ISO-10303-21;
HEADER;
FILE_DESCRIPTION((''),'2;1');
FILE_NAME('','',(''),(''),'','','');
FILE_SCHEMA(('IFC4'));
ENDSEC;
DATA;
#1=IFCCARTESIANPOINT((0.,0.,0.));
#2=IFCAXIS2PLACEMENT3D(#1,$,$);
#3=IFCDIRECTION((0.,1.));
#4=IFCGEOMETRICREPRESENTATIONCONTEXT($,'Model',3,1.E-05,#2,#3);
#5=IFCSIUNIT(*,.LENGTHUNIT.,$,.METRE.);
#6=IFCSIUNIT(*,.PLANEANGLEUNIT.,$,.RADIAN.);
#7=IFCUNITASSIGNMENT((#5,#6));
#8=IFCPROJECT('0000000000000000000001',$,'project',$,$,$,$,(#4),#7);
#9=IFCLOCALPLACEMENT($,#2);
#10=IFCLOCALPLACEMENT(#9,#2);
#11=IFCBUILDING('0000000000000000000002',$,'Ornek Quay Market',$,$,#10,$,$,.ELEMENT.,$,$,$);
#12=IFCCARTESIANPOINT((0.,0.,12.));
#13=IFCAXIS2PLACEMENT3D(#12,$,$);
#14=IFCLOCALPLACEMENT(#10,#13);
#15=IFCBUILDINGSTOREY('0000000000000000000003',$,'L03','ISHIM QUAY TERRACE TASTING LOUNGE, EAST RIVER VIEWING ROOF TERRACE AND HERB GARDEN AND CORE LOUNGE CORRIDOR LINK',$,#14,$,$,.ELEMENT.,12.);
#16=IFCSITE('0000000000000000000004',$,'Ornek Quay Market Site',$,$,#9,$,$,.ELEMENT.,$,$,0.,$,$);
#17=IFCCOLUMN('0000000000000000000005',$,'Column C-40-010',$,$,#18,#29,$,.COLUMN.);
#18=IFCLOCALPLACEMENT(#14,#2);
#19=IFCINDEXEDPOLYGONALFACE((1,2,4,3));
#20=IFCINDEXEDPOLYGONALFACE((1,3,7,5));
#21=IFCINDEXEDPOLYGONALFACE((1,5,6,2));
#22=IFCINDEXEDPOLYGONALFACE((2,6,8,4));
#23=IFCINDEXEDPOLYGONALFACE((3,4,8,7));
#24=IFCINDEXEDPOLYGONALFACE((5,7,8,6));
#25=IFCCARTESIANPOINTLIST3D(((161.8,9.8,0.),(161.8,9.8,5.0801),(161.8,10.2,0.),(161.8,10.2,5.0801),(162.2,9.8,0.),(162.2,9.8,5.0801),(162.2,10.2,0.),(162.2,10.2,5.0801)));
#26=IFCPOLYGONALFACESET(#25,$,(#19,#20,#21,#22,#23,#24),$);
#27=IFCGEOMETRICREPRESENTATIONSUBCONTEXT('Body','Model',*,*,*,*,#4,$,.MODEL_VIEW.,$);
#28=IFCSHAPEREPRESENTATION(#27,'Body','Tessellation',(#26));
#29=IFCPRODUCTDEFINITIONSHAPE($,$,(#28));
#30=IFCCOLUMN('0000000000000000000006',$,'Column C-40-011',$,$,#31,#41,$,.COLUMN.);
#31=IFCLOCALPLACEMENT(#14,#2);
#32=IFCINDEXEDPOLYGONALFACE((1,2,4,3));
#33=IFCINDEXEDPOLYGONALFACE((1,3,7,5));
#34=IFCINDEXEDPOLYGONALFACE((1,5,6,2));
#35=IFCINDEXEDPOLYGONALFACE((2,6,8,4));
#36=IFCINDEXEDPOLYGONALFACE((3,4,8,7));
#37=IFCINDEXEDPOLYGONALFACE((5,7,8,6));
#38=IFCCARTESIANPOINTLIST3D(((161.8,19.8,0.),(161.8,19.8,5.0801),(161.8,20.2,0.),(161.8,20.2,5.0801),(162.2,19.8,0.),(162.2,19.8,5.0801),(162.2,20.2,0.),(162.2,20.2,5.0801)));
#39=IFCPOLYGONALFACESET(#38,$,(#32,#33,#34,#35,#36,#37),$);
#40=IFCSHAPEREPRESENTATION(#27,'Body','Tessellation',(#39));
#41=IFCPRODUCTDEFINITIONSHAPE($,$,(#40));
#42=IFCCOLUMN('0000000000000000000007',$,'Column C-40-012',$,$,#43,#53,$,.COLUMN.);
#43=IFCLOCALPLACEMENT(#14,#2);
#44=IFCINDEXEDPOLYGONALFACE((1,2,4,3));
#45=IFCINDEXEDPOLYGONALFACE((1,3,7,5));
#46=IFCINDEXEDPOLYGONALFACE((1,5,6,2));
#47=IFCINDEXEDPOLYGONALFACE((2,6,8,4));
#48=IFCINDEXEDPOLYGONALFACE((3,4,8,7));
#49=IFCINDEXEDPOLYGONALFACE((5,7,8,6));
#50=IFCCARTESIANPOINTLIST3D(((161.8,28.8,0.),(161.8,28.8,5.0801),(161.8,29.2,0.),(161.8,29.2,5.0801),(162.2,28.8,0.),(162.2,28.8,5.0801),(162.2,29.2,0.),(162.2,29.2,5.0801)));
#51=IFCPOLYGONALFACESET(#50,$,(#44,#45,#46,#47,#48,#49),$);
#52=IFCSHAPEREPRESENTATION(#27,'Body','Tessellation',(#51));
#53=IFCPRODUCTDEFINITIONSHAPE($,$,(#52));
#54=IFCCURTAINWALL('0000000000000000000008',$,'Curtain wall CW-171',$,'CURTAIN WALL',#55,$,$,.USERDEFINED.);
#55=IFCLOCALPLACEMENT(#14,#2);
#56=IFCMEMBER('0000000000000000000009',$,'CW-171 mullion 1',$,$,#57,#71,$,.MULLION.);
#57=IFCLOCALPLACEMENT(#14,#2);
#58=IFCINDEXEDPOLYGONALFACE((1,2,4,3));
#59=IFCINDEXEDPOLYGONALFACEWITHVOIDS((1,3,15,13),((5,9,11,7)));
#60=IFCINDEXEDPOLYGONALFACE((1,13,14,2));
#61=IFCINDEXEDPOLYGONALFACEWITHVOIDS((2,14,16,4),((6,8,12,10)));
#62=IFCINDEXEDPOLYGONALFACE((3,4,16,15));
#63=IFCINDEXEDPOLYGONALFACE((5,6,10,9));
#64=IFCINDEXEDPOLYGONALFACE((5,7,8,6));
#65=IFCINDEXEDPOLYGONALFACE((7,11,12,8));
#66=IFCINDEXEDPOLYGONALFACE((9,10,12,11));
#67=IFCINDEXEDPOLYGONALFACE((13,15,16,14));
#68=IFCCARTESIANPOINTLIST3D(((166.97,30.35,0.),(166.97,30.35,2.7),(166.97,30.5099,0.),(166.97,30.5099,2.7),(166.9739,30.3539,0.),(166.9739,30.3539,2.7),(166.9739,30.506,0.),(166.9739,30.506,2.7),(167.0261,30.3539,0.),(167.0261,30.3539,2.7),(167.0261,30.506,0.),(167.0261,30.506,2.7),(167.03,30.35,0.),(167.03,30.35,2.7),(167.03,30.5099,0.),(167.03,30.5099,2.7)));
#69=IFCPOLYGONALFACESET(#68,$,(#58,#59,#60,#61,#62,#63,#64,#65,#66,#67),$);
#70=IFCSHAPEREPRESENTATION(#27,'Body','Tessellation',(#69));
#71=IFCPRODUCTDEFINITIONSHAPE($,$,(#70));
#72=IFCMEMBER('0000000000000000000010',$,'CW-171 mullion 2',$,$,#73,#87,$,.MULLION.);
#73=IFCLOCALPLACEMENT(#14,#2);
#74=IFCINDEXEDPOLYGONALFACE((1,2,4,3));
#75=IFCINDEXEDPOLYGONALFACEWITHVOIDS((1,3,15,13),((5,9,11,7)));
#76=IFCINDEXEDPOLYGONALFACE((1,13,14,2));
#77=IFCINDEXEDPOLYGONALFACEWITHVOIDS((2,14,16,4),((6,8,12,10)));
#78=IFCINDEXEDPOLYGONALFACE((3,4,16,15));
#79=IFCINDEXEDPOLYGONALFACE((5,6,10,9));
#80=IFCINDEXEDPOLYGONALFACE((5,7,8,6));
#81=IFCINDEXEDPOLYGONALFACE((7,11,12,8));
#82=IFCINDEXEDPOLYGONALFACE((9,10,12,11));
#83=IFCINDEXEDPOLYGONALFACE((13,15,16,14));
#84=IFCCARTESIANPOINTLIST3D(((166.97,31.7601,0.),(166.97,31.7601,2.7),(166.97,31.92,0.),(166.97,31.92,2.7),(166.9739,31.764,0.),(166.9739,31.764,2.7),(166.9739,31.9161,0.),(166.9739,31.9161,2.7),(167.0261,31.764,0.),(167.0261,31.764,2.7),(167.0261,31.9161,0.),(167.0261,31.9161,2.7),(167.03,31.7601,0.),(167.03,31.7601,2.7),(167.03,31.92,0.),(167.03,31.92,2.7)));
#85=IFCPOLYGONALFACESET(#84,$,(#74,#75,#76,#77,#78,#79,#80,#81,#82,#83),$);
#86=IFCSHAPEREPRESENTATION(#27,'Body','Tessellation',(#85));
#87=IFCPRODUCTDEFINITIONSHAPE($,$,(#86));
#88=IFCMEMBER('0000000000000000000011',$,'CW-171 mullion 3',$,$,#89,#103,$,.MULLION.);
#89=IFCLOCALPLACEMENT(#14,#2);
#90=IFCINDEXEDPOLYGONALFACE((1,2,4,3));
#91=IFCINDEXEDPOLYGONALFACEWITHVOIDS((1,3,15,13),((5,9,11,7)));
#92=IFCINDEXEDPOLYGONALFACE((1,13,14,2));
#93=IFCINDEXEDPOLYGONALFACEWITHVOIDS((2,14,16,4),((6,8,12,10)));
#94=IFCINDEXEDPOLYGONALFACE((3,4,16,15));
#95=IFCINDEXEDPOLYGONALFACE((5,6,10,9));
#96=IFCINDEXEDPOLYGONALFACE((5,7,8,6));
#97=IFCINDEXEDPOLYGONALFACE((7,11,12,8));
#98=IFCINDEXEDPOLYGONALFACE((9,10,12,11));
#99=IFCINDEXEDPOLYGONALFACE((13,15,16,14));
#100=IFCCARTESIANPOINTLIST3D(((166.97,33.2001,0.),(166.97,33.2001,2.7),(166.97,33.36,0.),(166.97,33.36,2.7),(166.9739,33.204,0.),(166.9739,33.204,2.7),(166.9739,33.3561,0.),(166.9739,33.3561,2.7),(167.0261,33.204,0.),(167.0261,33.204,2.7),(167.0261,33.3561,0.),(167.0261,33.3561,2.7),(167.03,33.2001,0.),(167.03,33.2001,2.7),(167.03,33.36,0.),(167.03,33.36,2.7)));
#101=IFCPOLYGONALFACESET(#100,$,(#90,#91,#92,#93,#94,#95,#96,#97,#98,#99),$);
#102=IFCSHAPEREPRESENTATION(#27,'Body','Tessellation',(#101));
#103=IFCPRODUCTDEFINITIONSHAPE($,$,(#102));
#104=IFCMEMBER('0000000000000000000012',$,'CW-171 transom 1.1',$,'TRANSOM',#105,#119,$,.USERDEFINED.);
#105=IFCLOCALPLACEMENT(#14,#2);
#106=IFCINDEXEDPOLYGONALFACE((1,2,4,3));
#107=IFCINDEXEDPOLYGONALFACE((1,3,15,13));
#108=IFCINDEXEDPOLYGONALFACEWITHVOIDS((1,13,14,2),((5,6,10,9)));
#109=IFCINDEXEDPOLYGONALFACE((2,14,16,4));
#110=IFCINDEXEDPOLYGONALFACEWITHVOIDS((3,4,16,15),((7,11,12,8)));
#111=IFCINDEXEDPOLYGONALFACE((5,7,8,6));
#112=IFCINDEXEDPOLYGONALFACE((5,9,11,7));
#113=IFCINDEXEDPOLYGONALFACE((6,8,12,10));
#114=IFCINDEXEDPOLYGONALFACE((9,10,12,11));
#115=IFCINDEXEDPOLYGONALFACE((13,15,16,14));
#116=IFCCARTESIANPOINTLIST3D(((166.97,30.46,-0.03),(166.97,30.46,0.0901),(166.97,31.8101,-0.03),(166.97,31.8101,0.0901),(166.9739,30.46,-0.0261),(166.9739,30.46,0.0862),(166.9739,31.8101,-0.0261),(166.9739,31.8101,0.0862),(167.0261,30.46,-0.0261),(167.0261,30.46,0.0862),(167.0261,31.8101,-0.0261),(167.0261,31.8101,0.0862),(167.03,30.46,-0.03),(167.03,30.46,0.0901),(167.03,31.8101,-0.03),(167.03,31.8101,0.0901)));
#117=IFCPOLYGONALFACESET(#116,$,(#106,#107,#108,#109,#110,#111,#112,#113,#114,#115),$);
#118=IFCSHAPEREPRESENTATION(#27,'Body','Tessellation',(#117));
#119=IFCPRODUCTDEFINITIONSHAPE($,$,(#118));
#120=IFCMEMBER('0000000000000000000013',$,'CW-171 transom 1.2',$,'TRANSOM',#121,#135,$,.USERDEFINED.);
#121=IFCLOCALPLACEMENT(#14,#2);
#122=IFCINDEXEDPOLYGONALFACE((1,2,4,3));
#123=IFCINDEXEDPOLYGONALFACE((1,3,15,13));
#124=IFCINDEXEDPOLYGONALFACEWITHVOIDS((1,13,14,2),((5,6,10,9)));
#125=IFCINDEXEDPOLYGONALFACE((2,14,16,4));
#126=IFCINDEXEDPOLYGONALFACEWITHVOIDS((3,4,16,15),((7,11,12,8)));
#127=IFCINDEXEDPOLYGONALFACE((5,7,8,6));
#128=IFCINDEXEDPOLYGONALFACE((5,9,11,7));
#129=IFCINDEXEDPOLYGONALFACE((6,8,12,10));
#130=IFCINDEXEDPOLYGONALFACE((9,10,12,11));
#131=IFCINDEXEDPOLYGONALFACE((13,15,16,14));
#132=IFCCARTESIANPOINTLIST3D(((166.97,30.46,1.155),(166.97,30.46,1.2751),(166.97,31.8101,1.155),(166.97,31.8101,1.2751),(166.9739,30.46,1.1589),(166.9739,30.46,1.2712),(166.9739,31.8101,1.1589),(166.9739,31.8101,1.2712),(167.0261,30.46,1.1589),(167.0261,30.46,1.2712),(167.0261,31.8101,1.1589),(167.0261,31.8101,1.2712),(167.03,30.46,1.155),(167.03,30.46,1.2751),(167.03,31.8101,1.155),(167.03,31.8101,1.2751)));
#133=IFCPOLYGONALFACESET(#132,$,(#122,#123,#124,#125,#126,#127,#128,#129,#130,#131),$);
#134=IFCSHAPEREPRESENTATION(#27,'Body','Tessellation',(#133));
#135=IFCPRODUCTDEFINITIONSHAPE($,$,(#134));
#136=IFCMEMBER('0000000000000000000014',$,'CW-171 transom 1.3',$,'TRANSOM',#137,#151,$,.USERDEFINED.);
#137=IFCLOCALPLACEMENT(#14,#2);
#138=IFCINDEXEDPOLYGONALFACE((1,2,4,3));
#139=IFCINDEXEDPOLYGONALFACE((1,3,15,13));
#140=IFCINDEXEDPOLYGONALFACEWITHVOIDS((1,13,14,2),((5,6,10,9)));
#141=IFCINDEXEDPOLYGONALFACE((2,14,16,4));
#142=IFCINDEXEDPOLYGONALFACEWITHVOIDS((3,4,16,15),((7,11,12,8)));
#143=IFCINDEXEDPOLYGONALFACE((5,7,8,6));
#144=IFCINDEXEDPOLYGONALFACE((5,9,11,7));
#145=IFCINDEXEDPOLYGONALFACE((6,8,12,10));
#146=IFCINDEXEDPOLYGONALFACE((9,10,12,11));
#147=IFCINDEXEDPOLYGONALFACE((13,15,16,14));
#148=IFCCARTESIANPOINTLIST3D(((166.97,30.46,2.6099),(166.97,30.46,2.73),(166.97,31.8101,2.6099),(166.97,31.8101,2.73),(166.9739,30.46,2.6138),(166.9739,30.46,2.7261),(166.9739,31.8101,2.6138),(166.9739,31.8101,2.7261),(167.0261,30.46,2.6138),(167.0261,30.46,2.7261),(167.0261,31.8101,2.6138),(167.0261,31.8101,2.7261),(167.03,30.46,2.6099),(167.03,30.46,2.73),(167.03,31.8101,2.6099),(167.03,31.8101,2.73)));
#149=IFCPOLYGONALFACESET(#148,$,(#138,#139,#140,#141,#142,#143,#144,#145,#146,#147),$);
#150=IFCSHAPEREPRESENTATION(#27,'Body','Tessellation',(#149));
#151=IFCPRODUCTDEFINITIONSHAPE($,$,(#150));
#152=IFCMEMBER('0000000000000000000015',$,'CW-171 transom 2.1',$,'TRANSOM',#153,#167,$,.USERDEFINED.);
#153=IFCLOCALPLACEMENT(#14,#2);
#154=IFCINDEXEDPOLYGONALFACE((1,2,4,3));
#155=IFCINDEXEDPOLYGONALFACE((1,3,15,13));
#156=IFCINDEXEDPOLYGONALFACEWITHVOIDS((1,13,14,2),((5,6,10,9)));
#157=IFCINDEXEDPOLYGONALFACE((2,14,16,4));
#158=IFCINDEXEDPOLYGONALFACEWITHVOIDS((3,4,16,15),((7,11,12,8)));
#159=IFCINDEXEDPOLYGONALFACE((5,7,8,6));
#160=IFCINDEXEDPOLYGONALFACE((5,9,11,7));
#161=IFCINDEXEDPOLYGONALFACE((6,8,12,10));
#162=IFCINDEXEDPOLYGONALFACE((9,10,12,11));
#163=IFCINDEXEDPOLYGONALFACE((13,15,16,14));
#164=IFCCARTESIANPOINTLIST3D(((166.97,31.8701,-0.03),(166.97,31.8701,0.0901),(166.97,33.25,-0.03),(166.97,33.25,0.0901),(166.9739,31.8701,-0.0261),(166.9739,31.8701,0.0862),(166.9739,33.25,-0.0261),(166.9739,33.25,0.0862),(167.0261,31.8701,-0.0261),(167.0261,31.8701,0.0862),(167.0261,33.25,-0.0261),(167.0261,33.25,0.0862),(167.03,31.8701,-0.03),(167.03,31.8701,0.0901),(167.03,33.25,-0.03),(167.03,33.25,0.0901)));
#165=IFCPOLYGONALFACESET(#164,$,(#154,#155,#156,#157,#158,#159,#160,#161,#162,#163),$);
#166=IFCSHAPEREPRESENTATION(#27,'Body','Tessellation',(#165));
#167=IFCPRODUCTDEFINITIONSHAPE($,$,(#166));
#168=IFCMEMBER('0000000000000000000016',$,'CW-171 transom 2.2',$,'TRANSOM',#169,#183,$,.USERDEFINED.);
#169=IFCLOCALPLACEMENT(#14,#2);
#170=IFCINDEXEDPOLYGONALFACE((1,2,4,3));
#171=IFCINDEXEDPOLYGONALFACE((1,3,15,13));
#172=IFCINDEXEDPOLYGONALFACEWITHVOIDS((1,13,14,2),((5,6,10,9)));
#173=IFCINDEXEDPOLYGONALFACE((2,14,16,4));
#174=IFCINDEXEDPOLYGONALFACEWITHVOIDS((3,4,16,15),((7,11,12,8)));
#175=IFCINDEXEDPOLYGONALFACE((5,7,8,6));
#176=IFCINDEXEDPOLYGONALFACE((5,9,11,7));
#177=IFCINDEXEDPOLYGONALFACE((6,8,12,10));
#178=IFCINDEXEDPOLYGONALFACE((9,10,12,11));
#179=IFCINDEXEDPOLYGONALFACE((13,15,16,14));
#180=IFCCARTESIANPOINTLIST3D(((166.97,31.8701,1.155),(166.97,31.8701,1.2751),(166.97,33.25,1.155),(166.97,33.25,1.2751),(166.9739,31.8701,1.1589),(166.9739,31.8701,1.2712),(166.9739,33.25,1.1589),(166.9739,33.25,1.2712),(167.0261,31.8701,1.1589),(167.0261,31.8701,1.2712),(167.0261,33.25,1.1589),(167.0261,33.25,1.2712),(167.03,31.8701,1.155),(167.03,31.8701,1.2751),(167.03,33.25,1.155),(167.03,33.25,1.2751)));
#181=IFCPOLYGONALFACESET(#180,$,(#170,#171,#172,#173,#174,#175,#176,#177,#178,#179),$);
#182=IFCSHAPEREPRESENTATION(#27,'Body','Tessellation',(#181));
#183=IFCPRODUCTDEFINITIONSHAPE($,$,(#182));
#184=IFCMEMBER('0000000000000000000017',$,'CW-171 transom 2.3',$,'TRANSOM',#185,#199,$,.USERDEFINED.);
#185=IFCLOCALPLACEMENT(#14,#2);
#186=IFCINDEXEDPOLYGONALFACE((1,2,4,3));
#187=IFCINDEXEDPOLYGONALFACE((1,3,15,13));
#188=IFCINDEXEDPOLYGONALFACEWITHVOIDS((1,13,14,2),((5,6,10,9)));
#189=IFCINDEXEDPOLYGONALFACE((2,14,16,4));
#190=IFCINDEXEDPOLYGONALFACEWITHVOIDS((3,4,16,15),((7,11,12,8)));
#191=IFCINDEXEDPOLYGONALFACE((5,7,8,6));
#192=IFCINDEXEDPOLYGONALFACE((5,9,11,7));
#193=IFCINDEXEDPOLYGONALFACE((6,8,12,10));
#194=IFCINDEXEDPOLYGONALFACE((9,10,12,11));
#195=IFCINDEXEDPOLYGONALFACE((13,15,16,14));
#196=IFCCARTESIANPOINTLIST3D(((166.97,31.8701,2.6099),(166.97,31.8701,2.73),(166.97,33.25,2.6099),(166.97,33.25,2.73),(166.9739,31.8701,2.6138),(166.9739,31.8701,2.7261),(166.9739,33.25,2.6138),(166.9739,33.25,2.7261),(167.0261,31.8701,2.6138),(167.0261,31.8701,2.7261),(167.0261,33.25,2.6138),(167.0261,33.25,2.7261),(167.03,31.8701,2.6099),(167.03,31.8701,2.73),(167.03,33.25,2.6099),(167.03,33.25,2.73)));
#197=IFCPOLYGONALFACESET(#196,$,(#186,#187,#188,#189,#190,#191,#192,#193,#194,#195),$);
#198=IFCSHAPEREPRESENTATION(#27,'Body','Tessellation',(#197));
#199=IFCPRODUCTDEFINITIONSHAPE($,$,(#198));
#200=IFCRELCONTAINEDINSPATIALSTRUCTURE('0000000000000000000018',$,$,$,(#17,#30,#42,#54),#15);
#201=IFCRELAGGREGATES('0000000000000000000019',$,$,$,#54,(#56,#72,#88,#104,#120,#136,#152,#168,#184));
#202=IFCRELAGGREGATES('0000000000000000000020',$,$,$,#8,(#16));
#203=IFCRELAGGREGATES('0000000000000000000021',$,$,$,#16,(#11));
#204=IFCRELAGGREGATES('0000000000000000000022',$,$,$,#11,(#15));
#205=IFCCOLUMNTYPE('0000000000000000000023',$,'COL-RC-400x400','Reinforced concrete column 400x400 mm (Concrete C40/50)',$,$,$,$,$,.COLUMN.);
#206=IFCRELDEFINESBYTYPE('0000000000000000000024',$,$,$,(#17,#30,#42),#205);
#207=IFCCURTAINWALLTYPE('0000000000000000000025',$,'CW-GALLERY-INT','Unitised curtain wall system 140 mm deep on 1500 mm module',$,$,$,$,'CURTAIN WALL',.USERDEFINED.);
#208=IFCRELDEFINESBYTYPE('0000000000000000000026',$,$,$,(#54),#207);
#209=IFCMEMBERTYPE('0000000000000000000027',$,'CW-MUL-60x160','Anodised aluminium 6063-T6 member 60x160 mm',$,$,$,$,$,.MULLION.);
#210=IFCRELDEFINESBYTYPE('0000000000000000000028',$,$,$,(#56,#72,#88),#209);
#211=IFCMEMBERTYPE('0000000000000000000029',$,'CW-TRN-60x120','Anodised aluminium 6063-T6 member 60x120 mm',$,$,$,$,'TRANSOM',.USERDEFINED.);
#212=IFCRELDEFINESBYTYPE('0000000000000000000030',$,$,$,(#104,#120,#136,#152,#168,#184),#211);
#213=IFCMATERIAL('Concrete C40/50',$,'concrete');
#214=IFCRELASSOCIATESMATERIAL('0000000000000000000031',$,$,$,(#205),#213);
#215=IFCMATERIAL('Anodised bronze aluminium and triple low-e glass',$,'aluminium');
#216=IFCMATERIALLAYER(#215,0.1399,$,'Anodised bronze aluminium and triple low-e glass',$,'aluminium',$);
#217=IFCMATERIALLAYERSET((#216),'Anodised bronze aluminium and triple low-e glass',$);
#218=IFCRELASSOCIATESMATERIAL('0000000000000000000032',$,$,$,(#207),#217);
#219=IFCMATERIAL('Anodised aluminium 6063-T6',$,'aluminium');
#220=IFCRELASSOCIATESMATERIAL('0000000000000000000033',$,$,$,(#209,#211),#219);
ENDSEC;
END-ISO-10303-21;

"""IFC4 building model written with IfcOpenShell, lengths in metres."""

from ifc_helpers import new_model, si_unit, direction, frame, origin, origin_2d, place, context, subcontext, project, spatial, rectangle, hollow_rectangle, extrude, material, layer, layer_set, material_profile, profile_set, type_object, element, aggregate, save


model = new_model("IFC4")

# Units and contexts
model_context = context("Model", 3, precision=1e-05, world=origin(), true_north=direction((0.0, 1.0)))
body_context = subcontext(model_context, "Body", "Model", "MODEL_VIEW")
ifc_project = project(units=[si_unit("LENGTHUNIT", "METRE"), si_unit("PLANEANGLEUNIT", "RADIAN")], contexts=[model_context])

# Site, building, storey
site_placement = place(None, origin())
site = spatial("IfcSite", under=ifc_project, at=site_placement, Name="Ornek Quay Market Site", CompositionType="ELEMENT", RefElevation=0.0)
building_placement = place(site_placement, origin())
building = spatial("IfcBuilding", under=site, at=building_placement, Name="Ornek Quay Market", CompositionType="ELEMENT")
storey_placement = place(building_placement, frame((0.0, 0.0, 12.0)))
storey = spatial("IfcBuildingStorey", under=building, at=storey_placement, Name="L03", Description="ISHIM QUAY TERRACE TASTING LOUNGE, EAST RIVER VIEWING ROOF TERRACE AND HERB GARDEN AND CORE LOUNGE CORRIDOR LINK", CompositionType="ELEMENT", Elevation=12.0)

# Columns
ifc_material_1 = material(Name="Concrete C40/50", Category="concrete")
ifc_material_profile_1 = material_profile(ifc_material_1, rectangle(XDim=0.3999, YDim=0.3999, at=origin_2d()), Name="RC 400x400", Category="concrete")
ifc_profile_set_1 = profile_set([ifc_material_profile_1], Name="Concrete C40/50")
column_type = type_object("IfcColumnType", Name="COL-RC-400x400", Description="Reinforced concrete column 400x400 mm (Concrete C40/50)", PredefinedType="COLUMN", material=ifc_profile_set_1)
for number, where, z_axis, x_axis, name in (
    (1, (162.0, 10.0, 0.0), (0.0, 0.0, 1.0), (1.0, 0.0, 0.0), "Column C-40-010"),
    (2, (162.0, 20.0, 0.0), (0.0, 0.0, 1.0), (1.0, 0.0, 0.0), "Column C-40-011"),
    (3, (162.0, 29.0, 0.0), (0.0, 0.0, 1.0), (1.0, 0.0, 0.0), "Column C-40-012"),
):
    element("IfcColumn", number, at=place(storey_placement, frame(where, z_axis=z_axis, x_axis=x_axis)), inside=storey, type_object=column_type, Name=name, PredefinedType="COLUMN", context=body_context, shape_type="SweptSolid", body=[
        extrude(rectangle(XDim=0.3999, YDim=0.3999, at=origin_2d()), origin(), (0.0, 0.0, 1.0), 5.0801),
    ])

# Curtain wall, members
ifc_material_2 = material(Name="Anodised bronze aluminium and triple low-e glass", Category="aluminium")
ifc_layer_1 = layer(ifc_material_2, 0.1399, Name="Anodised bronze aluminium and triple low-e glass", Category="aluminium")
ifc_layer_set_1 = layer_set([ifc_layer_1], Name="Anodised bronze aluminium and triple low-e glass")
curtain_wall_type = type_object("IfcCurtainWallType", Name="CW-GALLERY-INT", Description="Unitised curtain wall system 140 mm deep on 1500 mm module", ElementType="CURTAIN WALL", PredefinedType="USERDEFINED", material=ifc_layer_set_1)
curtain_wall_placement = place(storey_placement, origin())
curtain_wall = element("IfcCurtainWall", 4, at=curtain_wall_placement, inside=storey, type_object=curtain_wall_type, Name="Curtain wall CW-171", ObjectType="CURTAIN WALL", PredefinedType="USERDEFINED")
ifc_material_3 = material(Name="Anodised aluminium 6063-T6", Category="aluminium")
ifc_material_profile_2 = material_profile(ifc_material_3, hollow_rectangle(XDim=0.0601, YDim=0.1599, WallThickness=0.0039, at=origin_2d()), Name="CW-MUL-60x160", Category="aluminium")
ifc_profile_set_2 = profile_set([ifc_material_profile_2], Name="Anodised aluminium 6063-T6")
member_type_1 = type_object("IfcMemberType", Name="CW-MUL-60x160", Description="Anodised aluminium 6063-T6 member 60x160 mm", PredefinedType="MULLION", material=ifc_profile_set_2)
member_1_placement = place(storey_placement, frame((167.0, 30.4299, 0.0), z_axis=(0.0, 0.0, 1.0), x_axis=(-1.0, 0.0, 0.0)))
member_1 = element("IfcMember", 5, at=member_1_placement, type_object=member_type_1, Name="CW-171 mullion 1", PredefinedType="MULLION", context=body_context, shape_type="SweptSolid", body=[
    extrude(hollow_rectangle(XDim=0.0601, YDim=0.1599, WallThickness=0.0039, at=origin_2d()), origin(), (0.0, 0.0, 1.0), 2.7),
])
member_2_placement = place(storey_placement, frame((167.0, 31.8401, 0.0), z_axis=(0.0, 0.0, 1.0), x_axis=(-1.0, 0.0, 0.0)))
member_2 = element("IfcMember", 6, at=member_2_placement, type_object=member_type_1, Name="CW-171 mullion 2", PredefinedType="MULLION", context=body_context, shape_type="SweptSolid", body=[
    extrude(hollow_rectangle(XDim=0.0601, YDim=0.1599, WallThickness=0.0039, at=origin_2d()), origin(), (0.0, 0.0, 1.0), 2.7),
])
member_3_placement = place(storey_placement, frame((167.0, 33.28, 0.0), z_axis=(0.0, 0.0, 1.0), x_axis=(-1.0, 0.0, 0.0)))
member_3 = element("IfcMember", 7, at=member_3_placement, type_object=member_type_1, Name="CW-171 mullion 3", PredefinedType="MULLION", context=body_context, shape_type="SweptSolid", body=[
    extrude(hollow_rectangle(XDim=0.0601, YDim=0.1599, WallThickness=0.0039, at=origin_2d()), origin(), (0.0, 0.0, 1.0), 2.7),
])
ifc_material_profile_3 = material_profile(ifc_material_3, hollow_rectangle(XDim=0.0601, YDim=0.1201, WallThickness=0.0039, at=origin_2d()), Name="CW-TRN-60x120", Category="aluminium")
ifc_profile_set_3 = profile_set([ifc_material_profile_3], Name="Anodised aluminium 6063-T6")
member_type_2 = type_object("IfcMemberType", Name="CW-TRN-60x120", Description="Anodised aluminium 6063-T6 member 60x120 mm", ElementType="TRANSOM", PredefinedType="USERDEFINED", material=ifc_profile_set_3)
member_4_placement = place(storey_placement, frame((167.0, 30.46, 0.03), z_axis=(0.0, 1.0, 0.0), x_axis=(-1.0, 0.0, 0.0)))
member_4 = element("IfcMember", 8, at=member_4_placement, type_object=member_type_2, Name="CW-171 transom 1.1", ObjectType="TRANSOM", PredefinedType="USERDEFINED", context=body_context, shape_type="SweptSolid", body=[
    extrude(hollow_rectangle(XDim=0.0601, YDim=0.1201, WallThickness=0.0039, at=origin_2d()), origin(), (0.0, 0.0, 1.0), 1.3501),
])
member_5_placement = place(storey_placement, frame((167.0, 30.46, 1.2151), z_axis=(0.0, 1.0, 0.0), x_axis=(-1.0, 0.0, 0.0)))
member_5 = element("IfcMember", 9, at=member_5_placement, type_object=member_type_2, Name="CW-171 transom 1.2", ObjectType="TRANSOM", PredefinedType="USERDEFINED", context=body_context, shape_type="SweptSolid", body=[
    extrude(hollow_rectangle(XDim=0.0601, YDim=0.1201, WallThickness=0.0039, at=origin_2d()), origin(), (0.0, 0.0, 1.0), 1.3501),
])
member_6_placement = place(storey_placement, frame((167.0, 30.46, 2.6699), z_axis=(0.0, 1.0, 0.0), x_axis=(-1.0, 0.0, 0.0)))
member_6 = element("IfcMember", 10, at=member_6_placement, type_object=member_type_2, Name="CW-171 transom 1.3", ObjectType="TRANSOM", PredefinedType="USERDEFINED", context=body_context, shape_type="SweptSolid", body=[
    extrude(hollow_rectangle(XDim=0.0601, YDim=0.1201, WallThickness=0.0039, at=origin_2d()), origin(), (0.0, 0.0, 1.0), 1.3501),
])
member_7_placement = place(storey_placement, frame((167.0, 31.8701, 0.03), z_axis=(0.0, 1.0, 0.0), x_axis=(-1.0, 0.0, 0.0)))
member_7 = element("IfcMember", 11, at=member_7_placement, type_object=member_type_2, Name="CW-171 transom 2.1", ObjectType="TRANSOM", PredefinedType="USERDEFINED", context=body_context, shape_type="SweptSolid", body=[
    extrude(hollow_rectangle(XDim=0.0601, YDim=0.1201, WallThickness=0.0039, at=origin_2d()), origin(), (0.0, 0.0, 1.0), 1.3799),
])
member_8_placement = place(storey_placement, frame((167.0, 31.8701, 1.2151), z_axis=(0.0, 1.0, 0.0), x_axis=(-1.0, 0.0, 0.0)))
member_8 = element("IfcMember", 12, at=member_8_placement, type_object=member_type_2, Name="CW-171 transom 2.2", ObjectType="TRANSOM", PredefinedType="USERDEFINED", context=body_context, shape_type="SweptSolid", body=[
    extrude(hollow_rectangle(XDim=0.0601, YDim=0.1201, WallThickness=0.0039, at=origin_2d()), origin(), (0.0, 0.0, 1.0), 1.3799),
])
member_9_placement = place(storey_placement, frame((167.0, 31.8701, 2.6699), z_axis=(0.0, 1.0, 0.0), x_axis=(-1.0, 0.0, 0.0)))
member_9 = element("IfcMember", 13, at=member_9_placement, type_object=member_type_2, Name="CW-171 transom 2.3", ObjectType="TRANSOM", PredefinedType="USERDEFINED", context=body_context, shape_type="SweptSolid", body=[
    extrude(hollow_rectangle(XDim=0.0601, YDim=0.1201, WallThickness=0.0039, at=origin_2d()), origin(), (0.0, 0.0, 1.0), 1.3799),
])
aggregate(curtain_wall, [member_1, member_2, member_3, member_4, member_5, member_6, member_7, member_8, member_9])

save(model, "model.ifc")
